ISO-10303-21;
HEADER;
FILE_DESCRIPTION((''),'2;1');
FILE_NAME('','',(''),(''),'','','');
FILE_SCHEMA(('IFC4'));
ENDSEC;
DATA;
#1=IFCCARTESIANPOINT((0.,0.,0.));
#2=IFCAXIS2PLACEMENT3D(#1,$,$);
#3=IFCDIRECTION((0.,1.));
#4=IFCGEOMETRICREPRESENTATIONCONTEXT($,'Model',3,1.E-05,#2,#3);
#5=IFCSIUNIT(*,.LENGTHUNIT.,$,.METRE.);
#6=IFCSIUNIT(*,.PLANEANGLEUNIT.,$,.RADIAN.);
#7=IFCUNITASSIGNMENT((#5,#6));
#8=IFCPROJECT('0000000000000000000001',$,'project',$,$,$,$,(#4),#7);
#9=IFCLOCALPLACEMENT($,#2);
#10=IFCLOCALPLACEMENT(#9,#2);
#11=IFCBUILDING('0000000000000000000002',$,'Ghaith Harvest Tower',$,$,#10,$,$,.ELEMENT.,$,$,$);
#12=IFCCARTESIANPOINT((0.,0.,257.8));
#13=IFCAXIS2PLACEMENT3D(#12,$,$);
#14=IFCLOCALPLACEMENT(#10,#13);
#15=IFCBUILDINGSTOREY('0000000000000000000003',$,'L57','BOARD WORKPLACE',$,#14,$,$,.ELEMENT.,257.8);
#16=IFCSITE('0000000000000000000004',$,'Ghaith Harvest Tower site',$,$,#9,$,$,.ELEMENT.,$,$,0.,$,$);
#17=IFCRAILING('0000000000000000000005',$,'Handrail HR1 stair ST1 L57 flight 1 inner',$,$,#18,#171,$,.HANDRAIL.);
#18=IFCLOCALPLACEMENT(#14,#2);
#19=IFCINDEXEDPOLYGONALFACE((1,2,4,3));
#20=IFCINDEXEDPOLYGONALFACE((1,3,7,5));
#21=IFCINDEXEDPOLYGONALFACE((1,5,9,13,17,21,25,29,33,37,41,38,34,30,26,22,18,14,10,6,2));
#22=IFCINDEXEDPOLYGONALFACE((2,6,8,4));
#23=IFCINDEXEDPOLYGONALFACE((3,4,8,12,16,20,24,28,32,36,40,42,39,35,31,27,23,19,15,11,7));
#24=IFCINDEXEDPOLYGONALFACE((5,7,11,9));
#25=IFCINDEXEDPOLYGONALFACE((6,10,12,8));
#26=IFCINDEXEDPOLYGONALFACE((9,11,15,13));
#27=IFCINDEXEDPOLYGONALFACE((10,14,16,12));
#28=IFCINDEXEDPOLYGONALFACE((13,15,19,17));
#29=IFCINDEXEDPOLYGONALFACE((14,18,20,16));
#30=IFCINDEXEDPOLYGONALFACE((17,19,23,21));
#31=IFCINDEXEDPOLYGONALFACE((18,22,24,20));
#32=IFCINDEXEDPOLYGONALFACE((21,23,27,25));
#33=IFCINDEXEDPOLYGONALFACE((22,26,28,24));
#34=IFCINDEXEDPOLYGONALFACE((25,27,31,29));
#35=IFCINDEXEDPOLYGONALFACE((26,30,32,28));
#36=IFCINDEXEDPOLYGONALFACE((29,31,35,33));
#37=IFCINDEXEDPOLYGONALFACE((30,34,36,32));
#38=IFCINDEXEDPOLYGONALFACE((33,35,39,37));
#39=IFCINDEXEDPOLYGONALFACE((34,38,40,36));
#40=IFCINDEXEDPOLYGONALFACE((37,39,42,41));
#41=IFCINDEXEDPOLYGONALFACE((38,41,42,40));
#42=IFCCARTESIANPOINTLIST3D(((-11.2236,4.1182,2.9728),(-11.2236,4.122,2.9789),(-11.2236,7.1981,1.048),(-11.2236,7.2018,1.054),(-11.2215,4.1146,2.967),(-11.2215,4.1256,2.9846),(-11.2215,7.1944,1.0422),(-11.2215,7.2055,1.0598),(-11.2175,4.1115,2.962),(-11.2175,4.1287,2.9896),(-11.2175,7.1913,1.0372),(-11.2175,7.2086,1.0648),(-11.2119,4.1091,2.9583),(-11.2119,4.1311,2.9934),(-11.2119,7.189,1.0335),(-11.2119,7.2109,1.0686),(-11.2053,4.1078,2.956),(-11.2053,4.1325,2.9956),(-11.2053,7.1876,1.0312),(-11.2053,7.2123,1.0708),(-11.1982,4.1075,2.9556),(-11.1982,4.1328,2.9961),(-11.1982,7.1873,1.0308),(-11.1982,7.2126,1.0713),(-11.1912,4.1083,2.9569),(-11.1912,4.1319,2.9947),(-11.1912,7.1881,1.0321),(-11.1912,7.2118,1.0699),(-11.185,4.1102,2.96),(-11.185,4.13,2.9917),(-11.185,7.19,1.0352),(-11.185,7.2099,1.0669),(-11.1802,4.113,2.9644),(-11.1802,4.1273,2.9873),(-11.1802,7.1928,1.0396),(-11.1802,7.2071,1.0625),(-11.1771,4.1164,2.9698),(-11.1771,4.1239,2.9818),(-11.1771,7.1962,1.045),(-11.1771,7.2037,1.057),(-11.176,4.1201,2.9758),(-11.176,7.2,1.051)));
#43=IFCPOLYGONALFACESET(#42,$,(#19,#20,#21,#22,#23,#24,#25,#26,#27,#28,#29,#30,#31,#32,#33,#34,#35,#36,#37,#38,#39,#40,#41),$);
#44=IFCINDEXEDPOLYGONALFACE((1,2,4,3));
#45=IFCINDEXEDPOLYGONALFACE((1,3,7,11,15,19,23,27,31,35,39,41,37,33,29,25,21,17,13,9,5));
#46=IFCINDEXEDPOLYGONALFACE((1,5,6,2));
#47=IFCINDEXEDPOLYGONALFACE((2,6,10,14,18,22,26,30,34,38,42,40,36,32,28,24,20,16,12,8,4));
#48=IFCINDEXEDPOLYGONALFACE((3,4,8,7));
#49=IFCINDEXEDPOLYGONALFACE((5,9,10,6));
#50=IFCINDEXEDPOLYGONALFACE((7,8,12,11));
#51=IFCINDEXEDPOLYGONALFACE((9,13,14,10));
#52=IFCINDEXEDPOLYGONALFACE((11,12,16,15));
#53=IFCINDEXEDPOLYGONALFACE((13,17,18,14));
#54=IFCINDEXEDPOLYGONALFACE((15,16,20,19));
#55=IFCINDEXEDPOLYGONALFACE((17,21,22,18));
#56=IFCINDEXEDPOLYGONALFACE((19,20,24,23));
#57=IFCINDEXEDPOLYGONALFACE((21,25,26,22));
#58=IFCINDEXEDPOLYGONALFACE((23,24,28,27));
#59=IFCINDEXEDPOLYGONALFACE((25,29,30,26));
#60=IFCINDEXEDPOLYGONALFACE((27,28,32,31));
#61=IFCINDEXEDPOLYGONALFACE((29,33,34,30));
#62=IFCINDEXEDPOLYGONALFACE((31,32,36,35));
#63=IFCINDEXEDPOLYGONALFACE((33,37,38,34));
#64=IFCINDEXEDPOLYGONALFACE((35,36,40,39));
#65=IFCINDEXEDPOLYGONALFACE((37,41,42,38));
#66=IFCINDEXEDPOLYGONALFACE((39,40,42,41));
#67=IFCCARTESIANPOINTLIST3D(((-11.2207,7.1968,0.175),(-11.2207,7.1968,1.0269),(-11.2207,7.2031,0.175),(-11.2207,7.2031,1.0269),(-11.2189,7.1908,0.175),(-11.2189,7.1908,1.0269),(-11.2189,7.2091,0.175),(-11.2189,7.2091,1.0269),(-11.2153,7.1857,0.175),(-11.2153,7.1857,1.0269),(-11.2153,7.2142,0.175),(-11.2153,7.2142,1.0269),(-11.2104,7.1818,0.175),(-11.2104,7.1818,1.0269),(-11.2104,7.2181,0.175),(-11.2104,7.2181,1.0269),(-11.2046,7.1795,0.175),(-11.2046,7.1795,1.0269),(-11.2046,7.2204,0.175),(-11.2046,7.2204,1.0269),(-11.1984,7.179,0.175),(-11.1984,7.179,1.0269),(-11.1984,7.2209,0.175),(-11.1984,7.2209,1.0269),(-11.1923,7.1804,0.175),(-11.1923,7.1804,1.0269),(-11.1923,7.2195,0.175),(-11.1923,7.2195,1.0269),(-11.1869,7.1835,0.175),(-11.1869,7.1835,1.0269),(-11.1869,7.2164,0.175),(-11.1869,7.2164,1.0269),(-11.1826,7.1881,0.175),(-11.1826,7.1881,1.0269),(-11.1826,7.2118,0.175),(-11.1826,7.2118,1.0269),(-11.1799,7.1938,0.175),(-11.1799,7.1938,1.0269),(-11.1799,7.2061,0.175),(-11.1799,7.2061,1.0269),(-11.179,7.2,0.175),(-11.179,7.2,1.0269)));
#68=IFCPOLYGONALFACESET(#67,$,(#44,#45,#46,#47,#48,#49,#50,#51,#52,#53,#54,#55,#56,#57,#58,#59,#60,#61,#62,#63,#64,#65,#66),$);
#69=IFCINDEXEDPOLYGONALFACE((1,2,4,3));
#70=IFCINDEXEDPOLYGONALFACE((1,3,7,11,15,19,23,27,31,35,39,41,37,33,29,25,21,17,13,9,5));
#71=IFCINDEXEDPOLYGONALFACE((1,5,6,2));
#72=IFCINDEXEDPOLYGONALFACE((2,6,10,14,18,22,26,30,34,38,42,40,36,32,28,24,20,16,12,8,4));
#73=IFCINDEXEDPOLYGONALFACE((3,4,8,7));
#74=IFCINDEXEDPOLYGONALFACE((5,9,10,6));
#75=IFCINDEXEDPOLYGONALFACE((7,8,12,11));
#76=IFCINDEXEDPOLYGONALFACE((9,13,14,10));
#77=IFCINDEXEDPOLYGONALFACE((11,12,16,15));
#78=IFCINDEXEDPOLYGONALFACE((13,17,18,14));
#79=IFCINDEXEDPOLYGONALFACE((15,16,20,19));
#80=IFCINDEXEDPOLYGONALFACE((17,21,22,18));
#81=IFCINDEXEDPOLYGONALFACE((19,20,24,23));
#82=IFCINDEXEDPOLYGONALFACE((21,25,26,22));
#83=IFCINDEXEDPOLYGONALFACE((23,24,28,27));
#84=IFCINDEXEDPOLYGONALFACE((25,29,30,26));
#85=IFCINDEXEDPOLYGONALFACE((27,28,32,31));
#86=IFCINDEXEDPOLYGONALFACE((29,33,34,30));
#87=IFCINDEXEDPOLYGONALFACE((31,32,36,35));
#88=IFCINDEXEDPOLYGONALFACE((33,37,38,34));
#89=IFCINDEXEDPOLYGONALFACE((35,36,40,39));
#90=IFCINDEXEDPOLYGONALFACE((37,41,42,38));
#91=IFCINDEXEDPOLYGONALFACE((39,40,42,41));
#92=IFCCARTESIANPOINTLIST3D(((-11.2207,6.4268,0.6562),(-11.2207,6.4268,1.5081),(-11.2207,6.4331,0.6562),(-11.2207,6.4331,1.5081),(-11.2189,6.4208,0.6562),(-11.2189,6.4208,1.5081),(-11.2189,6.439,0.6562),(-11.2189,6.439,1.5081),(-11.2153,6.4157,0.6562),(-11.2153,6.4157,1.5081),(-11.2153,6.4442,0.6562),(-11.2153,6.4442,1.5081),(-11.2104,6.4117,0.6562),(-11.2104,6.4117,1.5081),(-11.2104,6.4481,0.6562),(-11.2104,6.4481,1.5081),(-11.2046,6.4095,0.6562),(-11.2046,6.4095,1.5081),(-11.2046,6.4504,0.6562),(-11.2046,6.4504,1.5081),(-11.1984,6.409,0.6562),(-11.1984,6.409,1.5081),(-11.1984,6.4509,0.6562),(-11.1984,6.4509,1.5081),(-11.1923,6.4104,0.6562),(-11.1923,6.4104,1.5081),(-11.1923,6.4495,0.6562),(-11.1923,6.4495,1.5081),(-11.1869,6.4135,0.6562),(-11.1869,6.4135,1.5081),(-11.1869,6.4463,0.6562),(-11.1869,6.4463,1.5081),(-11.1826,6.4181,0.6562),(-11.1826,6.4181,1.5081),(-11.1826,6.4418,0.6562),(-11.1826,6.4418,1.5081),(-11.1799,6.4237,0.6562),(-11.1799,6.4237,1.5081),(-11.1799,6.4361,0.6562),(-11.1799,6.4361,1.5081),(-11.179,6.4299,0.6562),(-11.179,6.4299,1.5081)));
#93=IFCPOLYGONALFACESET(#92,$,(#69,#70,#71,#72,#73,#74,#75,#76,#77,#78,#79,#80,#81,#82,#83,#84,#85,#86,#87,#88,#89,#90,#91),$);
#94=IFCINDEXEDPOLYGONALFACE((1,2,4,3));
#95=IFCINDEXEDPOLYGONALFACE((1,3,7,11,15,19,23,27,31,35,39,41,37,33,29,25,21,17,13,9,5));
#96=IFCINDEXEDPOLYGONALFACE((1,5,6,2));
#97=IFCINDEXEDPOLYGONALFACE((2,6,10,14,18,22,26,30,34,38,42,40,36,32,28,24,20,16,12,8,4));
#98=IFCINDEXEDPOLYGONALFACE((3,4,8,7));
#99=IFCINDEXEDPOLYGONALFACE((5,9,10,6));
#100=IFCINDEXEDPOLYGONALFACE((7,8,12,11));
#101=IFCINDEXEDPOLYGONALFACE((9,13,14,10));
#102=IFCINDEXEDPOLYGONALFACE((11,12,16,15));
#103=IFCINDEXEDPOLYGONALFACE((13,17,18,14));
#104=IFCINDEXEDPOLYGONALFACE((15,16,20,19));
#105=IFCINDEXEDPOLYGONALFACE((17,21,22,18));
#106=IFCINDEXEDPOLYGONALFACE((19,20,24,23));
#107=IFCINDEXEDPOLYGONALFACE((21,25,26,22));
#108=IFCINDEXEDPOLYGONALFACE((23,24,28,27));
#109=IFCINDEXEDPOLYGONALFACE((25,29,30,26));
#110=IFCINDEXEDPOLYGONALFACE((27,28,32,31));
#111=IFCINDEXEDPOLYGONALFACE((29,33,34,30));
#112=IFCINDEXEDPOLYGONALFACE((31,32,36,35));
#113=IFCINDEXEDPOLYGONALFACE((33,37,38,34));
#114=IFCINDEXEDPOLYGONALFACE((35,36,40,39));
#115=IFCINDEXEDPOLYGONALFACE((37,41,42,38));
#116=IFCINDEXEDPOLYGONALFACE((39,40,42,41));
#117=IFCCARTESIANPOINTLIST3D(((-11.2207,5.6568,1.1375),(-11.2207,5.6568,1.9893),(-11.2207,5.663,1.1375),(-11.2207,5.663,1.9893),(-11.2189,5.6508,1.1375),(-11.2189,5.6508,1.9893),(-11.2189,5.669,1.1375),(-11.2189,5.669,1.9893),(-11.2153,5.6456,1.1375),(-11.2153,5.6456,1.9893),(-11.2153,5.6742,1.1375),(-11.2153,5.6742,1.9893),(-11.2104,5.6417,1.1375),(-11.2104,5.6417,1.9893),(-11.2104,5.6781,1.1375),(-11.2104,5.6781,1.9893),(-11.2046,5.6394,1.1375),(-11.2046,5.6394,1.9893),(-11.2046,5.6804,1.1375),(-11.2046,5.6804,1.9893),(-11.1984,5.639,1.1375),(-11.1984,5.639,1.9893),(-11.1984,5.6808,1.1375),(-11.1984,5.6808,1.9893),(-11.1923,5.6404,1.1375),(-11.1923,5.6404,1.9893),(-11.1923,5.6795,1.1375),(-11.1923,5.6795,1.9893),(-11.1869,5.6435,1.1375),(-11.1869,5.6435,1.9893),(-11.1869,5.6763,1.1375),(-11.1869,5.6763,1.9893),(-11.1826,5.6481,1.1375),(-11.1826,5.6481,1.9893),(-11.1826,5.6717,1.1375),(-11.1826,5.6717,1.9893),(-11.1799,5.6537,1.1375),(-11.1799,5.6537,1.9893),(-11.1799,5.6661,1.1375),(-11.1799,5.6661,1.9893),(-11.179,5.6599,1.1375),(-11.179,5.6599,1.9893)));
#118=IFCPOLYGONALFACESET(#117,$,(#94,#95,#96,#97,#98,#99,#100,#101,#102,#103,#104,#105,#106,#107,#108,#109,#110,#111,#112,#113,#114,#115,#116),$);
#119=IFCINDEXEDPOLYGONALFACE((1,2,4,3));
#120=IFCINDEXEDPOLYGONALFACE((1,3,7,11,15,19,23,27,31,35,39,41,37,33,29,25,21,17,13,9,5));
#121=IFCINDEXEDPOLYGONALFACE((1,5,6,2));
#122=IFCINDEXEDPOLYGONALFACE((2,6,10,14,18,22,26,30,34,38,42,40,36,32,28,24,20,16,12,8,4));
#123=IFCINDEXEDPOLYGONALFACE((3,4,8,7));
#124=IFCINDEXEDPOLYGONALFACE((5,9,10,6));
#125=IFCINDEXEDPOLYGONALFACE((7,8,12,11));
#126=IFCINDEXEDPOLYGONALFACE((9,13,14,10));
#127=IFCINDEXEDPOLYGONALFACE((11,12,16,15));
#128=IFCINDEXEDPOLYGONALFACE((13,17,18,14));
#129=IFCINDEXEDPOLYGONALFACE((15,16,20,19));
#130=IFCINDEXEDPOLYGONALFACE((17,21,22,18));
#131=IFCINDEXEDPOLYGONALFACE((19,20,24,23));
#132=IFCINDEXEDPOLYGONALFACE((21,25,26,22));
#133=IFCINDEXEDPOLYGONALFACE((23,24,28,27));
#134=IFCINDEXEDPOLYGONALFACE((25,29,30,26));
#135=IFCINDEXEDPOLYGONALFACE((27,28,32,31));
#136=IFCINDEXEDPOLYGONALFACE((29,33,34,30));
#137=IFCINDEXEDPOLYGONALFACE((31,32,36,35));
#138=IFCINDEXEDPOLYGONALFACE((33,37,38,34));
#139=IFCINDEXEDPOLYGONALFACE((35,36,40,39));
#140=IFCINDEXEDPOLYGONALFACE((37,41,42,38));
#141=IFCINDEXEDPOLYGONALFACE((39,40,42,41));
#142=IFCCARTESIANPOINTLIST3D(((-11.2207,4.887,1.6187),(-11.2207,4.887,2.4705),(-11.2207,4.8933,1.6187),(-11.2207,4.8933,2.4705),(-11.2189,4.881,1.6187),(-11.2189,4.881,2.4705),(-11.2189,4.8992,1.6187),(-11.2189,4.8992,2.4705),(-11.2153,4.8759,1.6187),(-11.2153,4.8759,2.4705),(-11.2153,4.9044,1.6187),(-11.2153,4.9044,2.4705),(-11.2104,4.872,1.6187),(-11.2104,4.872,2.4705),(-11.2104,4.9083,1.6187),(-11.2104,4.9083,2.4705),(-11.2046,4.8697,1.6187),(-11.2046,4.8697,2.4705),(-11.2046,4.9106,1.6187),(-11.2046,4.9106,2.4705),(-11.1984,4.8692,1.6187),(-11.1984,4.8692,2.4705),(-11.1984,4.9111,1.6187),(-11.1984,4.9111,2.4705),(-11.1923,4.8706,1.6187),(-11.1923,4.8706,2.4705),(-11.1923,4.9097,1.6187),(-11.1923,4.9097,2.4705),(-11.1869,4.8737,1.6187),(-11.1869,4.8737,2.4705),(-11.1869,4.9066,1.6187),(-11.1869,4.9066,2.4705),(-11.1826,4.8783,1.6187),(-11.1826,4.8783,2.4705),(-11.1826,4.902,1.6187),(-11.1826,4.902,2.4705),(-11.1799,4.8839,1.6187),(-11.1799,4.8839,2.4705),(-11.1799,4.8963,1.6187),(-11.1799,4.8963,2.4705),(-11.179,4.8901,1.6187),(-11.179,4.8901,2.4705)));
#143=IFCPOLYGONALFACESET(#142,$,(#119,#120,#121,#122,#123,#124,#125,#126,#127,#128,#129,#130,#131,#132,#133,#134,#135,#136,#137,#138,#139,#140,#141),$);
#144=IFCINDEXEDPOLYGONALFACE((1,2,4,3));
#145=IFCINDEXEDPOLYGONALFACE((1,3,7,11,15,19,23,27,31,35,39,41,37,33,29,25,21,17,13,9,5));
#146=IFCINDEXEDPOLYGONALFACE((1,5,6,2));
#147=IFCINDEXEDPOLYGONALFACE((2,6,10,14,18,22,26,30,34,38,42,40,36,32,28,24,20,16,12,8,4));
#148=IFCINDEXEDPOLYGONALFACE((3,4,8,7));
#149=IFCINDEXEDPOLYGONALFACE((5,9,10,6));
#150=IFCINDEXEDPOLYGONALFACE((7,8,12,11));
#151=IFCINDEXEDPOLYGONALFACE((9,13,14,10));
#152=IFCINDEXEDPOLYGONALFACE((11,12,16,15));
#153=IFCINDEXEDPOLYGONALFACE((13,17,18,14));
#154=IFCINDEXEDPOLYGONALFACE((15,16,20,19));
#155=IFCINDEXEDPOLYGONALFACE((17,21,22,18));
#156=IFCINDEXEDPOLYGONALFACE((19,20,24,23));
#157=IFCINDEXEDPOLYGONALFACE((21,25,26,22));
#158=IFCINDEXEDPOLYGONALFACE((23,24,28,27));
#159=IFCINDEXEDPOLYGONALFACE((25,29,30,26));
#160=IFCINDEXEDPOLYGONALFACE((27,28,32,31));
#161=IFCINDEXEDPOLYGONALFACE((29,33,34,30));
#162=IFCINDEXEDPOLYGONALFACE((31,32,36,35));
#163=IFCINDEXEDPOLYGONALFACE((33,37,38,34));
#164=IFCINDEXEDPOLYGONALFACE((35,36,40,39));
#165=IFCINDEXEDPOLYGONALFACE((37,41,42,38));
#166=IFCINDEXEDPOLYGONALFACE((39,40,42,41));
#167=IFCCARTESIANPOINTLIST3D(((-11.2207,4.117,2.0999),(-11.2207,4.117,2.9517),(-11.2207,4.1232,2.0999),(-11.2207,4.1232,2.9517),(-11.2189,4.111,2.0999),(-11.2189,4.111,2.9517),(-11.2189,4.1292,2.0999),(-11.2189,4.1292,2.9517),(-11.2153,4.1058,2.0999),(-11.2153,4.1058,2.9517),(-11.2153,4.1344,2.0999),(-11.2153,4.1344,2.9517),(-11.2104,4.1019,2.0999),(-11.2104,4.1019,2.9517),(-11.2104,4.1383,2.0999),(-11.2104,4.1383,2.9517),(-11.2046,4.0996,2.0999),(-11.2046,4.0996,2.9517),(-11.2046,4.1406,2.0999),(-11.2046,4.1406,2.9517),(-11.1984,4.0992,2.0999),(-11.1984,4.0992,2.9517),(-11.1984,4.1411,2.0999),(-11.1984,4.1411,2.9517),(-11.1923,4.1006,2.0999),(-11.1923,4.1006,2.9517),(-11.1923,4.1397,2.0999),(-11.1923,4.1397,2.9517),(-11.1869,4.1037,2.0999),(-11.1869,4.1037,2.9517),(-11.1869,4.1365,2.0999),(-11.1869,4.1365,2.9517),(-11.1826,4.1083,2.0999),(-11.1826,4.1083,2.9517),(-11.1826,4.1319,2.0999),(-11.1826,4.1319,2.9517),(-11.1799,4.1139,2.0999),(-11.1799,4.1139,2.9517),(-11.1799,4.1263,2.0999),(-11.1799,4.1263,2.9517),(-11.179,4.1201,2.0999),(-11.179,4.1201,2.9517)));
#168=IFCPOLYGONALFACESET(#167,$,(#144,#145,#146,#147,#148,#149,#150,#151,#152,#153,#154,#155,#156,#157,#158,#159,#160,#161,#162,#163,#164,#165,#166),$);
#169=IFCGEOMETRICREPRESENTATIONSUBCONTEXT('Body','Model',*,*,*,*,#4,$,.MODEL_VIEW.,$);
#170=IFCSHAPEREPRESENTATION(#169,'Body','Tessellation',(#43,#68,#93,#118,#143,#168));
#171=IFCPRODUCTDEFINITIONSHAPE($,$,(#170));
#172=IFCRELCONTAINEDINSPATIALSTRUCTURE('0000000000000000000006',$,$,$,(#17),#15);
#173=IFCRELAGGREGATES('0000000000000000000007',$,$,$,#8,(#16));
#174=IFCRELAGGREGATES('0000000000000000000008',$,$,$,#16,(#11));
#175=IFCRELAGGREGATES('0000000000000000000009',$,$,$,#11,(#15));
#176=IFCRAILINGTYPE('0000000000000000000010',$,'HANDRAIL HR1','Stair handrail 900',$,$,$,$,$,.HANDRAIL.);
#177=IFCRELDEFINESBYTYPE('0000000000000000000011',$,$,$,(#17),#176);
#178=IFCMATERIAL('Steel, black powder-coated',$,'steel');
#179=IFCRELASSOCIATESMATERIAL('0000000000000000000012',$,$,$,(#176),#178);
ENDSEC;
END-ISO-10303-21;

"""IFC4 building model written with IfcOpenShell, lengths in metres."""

from ifc_helpers import new_model, si_unit, direction, frame, origin, origin_2d, place, context, subcontext, project, spatial, circle, extrude, material, type_object, element, save


model = new_model("IFC4")

# Units and contexts
model_context = context("Model", 3, precision=1e-05, world=origin(), true_north=direction((0.0, 1.0)))
body_context = subcontext(model_context, "Body", "Model", "MODEL_VIEW")
ifc_project = project(units=[si_unit("LENGTHUNIT", "METRE"), si_unit("PLANEANGLEUNIT", "RADIAN")], contexts=[model_context])

# Site, building, storey
site_placement = place(None, origin())
site = spatial("IfcSite", under=ifc_project, at=site_placement, Name="Ghaith Harvest Tower site", CompositionType="ELEMENT", RefElevation=0.0)
building_placement = place(site_placement, origin())
building = spatial("IfcBuilding", under=site, at=building_placement, Name="Ghaith Harvest Tower", CompositionType="ELEMENT")
storey_placement = place(building_placement, frame((0.0, 0.0, 257.8)))
storey = spatial("IfcBuildingStorey", under=building, at=storey_placement, Name="L57", Description="BOARD WORKPLACE", CompositionType="ELEMENT", Elevation=257.8)

# Railing
ifc_material_1 = material(Name="Steel, black powder-coated", Category="steel")
railing_type = type_object("IfcRailingType", Name="HANDRAIL HR1", Description="Stair handrail 900", PredefinedType="HANDRAIL", material=ifc_material_1)
railing_1_placement = place(storey_placement, frame((-11.2, 7.2, 0.175)))
element("IfcRailing", 1, at=railing_1_placement, inside=storey, type_object=railing_type, Name="Handrail HR1 stair ST1 L57 flight 1 inner", PredefinedType="HANDRAIL", context=body_context, shape_type="SweptSolid", body=[
    extrude(circle(Radius=0.0239, at=origin_2d()), frame((0.0, 0.0, 0.876), z_axis=(0.0, -0.84801, 0.529981), x_axis=(1.0, 0.0, 0.0)), (0.0, 0.0, 1.0), 3.6318),
    extrude(circle(Radius=0.021, at=origin_2d()), origin(), (0.0, 0.0, 1.0), 0.8518),
    extrude(circle(Radius=0.021, at=origin_2d()), frame((0.0, -0.77, 0.4812)), (0.0, 0.0, 1.0), 0.8518),
    extrude(circle(Radius=0.021, at=origin_2d()), frame((0.0, -1.54, 0.9624)), (0.0, 0.0, 1.0), 0.8518),
    extrude(circle(Radius=0.021, at=origin_2d()), frame((0.0, -2.3098, 1.4436)), (0.0, 0.0, 1.0), 0.8518),
    extrude(circle(Radius=0.021, at=origin_2d()), frame((0.0, -3.0798, 1.9248)), (0.0, 0.0, 1.0), 0.8518),
])

save(model, "model.ifc")
